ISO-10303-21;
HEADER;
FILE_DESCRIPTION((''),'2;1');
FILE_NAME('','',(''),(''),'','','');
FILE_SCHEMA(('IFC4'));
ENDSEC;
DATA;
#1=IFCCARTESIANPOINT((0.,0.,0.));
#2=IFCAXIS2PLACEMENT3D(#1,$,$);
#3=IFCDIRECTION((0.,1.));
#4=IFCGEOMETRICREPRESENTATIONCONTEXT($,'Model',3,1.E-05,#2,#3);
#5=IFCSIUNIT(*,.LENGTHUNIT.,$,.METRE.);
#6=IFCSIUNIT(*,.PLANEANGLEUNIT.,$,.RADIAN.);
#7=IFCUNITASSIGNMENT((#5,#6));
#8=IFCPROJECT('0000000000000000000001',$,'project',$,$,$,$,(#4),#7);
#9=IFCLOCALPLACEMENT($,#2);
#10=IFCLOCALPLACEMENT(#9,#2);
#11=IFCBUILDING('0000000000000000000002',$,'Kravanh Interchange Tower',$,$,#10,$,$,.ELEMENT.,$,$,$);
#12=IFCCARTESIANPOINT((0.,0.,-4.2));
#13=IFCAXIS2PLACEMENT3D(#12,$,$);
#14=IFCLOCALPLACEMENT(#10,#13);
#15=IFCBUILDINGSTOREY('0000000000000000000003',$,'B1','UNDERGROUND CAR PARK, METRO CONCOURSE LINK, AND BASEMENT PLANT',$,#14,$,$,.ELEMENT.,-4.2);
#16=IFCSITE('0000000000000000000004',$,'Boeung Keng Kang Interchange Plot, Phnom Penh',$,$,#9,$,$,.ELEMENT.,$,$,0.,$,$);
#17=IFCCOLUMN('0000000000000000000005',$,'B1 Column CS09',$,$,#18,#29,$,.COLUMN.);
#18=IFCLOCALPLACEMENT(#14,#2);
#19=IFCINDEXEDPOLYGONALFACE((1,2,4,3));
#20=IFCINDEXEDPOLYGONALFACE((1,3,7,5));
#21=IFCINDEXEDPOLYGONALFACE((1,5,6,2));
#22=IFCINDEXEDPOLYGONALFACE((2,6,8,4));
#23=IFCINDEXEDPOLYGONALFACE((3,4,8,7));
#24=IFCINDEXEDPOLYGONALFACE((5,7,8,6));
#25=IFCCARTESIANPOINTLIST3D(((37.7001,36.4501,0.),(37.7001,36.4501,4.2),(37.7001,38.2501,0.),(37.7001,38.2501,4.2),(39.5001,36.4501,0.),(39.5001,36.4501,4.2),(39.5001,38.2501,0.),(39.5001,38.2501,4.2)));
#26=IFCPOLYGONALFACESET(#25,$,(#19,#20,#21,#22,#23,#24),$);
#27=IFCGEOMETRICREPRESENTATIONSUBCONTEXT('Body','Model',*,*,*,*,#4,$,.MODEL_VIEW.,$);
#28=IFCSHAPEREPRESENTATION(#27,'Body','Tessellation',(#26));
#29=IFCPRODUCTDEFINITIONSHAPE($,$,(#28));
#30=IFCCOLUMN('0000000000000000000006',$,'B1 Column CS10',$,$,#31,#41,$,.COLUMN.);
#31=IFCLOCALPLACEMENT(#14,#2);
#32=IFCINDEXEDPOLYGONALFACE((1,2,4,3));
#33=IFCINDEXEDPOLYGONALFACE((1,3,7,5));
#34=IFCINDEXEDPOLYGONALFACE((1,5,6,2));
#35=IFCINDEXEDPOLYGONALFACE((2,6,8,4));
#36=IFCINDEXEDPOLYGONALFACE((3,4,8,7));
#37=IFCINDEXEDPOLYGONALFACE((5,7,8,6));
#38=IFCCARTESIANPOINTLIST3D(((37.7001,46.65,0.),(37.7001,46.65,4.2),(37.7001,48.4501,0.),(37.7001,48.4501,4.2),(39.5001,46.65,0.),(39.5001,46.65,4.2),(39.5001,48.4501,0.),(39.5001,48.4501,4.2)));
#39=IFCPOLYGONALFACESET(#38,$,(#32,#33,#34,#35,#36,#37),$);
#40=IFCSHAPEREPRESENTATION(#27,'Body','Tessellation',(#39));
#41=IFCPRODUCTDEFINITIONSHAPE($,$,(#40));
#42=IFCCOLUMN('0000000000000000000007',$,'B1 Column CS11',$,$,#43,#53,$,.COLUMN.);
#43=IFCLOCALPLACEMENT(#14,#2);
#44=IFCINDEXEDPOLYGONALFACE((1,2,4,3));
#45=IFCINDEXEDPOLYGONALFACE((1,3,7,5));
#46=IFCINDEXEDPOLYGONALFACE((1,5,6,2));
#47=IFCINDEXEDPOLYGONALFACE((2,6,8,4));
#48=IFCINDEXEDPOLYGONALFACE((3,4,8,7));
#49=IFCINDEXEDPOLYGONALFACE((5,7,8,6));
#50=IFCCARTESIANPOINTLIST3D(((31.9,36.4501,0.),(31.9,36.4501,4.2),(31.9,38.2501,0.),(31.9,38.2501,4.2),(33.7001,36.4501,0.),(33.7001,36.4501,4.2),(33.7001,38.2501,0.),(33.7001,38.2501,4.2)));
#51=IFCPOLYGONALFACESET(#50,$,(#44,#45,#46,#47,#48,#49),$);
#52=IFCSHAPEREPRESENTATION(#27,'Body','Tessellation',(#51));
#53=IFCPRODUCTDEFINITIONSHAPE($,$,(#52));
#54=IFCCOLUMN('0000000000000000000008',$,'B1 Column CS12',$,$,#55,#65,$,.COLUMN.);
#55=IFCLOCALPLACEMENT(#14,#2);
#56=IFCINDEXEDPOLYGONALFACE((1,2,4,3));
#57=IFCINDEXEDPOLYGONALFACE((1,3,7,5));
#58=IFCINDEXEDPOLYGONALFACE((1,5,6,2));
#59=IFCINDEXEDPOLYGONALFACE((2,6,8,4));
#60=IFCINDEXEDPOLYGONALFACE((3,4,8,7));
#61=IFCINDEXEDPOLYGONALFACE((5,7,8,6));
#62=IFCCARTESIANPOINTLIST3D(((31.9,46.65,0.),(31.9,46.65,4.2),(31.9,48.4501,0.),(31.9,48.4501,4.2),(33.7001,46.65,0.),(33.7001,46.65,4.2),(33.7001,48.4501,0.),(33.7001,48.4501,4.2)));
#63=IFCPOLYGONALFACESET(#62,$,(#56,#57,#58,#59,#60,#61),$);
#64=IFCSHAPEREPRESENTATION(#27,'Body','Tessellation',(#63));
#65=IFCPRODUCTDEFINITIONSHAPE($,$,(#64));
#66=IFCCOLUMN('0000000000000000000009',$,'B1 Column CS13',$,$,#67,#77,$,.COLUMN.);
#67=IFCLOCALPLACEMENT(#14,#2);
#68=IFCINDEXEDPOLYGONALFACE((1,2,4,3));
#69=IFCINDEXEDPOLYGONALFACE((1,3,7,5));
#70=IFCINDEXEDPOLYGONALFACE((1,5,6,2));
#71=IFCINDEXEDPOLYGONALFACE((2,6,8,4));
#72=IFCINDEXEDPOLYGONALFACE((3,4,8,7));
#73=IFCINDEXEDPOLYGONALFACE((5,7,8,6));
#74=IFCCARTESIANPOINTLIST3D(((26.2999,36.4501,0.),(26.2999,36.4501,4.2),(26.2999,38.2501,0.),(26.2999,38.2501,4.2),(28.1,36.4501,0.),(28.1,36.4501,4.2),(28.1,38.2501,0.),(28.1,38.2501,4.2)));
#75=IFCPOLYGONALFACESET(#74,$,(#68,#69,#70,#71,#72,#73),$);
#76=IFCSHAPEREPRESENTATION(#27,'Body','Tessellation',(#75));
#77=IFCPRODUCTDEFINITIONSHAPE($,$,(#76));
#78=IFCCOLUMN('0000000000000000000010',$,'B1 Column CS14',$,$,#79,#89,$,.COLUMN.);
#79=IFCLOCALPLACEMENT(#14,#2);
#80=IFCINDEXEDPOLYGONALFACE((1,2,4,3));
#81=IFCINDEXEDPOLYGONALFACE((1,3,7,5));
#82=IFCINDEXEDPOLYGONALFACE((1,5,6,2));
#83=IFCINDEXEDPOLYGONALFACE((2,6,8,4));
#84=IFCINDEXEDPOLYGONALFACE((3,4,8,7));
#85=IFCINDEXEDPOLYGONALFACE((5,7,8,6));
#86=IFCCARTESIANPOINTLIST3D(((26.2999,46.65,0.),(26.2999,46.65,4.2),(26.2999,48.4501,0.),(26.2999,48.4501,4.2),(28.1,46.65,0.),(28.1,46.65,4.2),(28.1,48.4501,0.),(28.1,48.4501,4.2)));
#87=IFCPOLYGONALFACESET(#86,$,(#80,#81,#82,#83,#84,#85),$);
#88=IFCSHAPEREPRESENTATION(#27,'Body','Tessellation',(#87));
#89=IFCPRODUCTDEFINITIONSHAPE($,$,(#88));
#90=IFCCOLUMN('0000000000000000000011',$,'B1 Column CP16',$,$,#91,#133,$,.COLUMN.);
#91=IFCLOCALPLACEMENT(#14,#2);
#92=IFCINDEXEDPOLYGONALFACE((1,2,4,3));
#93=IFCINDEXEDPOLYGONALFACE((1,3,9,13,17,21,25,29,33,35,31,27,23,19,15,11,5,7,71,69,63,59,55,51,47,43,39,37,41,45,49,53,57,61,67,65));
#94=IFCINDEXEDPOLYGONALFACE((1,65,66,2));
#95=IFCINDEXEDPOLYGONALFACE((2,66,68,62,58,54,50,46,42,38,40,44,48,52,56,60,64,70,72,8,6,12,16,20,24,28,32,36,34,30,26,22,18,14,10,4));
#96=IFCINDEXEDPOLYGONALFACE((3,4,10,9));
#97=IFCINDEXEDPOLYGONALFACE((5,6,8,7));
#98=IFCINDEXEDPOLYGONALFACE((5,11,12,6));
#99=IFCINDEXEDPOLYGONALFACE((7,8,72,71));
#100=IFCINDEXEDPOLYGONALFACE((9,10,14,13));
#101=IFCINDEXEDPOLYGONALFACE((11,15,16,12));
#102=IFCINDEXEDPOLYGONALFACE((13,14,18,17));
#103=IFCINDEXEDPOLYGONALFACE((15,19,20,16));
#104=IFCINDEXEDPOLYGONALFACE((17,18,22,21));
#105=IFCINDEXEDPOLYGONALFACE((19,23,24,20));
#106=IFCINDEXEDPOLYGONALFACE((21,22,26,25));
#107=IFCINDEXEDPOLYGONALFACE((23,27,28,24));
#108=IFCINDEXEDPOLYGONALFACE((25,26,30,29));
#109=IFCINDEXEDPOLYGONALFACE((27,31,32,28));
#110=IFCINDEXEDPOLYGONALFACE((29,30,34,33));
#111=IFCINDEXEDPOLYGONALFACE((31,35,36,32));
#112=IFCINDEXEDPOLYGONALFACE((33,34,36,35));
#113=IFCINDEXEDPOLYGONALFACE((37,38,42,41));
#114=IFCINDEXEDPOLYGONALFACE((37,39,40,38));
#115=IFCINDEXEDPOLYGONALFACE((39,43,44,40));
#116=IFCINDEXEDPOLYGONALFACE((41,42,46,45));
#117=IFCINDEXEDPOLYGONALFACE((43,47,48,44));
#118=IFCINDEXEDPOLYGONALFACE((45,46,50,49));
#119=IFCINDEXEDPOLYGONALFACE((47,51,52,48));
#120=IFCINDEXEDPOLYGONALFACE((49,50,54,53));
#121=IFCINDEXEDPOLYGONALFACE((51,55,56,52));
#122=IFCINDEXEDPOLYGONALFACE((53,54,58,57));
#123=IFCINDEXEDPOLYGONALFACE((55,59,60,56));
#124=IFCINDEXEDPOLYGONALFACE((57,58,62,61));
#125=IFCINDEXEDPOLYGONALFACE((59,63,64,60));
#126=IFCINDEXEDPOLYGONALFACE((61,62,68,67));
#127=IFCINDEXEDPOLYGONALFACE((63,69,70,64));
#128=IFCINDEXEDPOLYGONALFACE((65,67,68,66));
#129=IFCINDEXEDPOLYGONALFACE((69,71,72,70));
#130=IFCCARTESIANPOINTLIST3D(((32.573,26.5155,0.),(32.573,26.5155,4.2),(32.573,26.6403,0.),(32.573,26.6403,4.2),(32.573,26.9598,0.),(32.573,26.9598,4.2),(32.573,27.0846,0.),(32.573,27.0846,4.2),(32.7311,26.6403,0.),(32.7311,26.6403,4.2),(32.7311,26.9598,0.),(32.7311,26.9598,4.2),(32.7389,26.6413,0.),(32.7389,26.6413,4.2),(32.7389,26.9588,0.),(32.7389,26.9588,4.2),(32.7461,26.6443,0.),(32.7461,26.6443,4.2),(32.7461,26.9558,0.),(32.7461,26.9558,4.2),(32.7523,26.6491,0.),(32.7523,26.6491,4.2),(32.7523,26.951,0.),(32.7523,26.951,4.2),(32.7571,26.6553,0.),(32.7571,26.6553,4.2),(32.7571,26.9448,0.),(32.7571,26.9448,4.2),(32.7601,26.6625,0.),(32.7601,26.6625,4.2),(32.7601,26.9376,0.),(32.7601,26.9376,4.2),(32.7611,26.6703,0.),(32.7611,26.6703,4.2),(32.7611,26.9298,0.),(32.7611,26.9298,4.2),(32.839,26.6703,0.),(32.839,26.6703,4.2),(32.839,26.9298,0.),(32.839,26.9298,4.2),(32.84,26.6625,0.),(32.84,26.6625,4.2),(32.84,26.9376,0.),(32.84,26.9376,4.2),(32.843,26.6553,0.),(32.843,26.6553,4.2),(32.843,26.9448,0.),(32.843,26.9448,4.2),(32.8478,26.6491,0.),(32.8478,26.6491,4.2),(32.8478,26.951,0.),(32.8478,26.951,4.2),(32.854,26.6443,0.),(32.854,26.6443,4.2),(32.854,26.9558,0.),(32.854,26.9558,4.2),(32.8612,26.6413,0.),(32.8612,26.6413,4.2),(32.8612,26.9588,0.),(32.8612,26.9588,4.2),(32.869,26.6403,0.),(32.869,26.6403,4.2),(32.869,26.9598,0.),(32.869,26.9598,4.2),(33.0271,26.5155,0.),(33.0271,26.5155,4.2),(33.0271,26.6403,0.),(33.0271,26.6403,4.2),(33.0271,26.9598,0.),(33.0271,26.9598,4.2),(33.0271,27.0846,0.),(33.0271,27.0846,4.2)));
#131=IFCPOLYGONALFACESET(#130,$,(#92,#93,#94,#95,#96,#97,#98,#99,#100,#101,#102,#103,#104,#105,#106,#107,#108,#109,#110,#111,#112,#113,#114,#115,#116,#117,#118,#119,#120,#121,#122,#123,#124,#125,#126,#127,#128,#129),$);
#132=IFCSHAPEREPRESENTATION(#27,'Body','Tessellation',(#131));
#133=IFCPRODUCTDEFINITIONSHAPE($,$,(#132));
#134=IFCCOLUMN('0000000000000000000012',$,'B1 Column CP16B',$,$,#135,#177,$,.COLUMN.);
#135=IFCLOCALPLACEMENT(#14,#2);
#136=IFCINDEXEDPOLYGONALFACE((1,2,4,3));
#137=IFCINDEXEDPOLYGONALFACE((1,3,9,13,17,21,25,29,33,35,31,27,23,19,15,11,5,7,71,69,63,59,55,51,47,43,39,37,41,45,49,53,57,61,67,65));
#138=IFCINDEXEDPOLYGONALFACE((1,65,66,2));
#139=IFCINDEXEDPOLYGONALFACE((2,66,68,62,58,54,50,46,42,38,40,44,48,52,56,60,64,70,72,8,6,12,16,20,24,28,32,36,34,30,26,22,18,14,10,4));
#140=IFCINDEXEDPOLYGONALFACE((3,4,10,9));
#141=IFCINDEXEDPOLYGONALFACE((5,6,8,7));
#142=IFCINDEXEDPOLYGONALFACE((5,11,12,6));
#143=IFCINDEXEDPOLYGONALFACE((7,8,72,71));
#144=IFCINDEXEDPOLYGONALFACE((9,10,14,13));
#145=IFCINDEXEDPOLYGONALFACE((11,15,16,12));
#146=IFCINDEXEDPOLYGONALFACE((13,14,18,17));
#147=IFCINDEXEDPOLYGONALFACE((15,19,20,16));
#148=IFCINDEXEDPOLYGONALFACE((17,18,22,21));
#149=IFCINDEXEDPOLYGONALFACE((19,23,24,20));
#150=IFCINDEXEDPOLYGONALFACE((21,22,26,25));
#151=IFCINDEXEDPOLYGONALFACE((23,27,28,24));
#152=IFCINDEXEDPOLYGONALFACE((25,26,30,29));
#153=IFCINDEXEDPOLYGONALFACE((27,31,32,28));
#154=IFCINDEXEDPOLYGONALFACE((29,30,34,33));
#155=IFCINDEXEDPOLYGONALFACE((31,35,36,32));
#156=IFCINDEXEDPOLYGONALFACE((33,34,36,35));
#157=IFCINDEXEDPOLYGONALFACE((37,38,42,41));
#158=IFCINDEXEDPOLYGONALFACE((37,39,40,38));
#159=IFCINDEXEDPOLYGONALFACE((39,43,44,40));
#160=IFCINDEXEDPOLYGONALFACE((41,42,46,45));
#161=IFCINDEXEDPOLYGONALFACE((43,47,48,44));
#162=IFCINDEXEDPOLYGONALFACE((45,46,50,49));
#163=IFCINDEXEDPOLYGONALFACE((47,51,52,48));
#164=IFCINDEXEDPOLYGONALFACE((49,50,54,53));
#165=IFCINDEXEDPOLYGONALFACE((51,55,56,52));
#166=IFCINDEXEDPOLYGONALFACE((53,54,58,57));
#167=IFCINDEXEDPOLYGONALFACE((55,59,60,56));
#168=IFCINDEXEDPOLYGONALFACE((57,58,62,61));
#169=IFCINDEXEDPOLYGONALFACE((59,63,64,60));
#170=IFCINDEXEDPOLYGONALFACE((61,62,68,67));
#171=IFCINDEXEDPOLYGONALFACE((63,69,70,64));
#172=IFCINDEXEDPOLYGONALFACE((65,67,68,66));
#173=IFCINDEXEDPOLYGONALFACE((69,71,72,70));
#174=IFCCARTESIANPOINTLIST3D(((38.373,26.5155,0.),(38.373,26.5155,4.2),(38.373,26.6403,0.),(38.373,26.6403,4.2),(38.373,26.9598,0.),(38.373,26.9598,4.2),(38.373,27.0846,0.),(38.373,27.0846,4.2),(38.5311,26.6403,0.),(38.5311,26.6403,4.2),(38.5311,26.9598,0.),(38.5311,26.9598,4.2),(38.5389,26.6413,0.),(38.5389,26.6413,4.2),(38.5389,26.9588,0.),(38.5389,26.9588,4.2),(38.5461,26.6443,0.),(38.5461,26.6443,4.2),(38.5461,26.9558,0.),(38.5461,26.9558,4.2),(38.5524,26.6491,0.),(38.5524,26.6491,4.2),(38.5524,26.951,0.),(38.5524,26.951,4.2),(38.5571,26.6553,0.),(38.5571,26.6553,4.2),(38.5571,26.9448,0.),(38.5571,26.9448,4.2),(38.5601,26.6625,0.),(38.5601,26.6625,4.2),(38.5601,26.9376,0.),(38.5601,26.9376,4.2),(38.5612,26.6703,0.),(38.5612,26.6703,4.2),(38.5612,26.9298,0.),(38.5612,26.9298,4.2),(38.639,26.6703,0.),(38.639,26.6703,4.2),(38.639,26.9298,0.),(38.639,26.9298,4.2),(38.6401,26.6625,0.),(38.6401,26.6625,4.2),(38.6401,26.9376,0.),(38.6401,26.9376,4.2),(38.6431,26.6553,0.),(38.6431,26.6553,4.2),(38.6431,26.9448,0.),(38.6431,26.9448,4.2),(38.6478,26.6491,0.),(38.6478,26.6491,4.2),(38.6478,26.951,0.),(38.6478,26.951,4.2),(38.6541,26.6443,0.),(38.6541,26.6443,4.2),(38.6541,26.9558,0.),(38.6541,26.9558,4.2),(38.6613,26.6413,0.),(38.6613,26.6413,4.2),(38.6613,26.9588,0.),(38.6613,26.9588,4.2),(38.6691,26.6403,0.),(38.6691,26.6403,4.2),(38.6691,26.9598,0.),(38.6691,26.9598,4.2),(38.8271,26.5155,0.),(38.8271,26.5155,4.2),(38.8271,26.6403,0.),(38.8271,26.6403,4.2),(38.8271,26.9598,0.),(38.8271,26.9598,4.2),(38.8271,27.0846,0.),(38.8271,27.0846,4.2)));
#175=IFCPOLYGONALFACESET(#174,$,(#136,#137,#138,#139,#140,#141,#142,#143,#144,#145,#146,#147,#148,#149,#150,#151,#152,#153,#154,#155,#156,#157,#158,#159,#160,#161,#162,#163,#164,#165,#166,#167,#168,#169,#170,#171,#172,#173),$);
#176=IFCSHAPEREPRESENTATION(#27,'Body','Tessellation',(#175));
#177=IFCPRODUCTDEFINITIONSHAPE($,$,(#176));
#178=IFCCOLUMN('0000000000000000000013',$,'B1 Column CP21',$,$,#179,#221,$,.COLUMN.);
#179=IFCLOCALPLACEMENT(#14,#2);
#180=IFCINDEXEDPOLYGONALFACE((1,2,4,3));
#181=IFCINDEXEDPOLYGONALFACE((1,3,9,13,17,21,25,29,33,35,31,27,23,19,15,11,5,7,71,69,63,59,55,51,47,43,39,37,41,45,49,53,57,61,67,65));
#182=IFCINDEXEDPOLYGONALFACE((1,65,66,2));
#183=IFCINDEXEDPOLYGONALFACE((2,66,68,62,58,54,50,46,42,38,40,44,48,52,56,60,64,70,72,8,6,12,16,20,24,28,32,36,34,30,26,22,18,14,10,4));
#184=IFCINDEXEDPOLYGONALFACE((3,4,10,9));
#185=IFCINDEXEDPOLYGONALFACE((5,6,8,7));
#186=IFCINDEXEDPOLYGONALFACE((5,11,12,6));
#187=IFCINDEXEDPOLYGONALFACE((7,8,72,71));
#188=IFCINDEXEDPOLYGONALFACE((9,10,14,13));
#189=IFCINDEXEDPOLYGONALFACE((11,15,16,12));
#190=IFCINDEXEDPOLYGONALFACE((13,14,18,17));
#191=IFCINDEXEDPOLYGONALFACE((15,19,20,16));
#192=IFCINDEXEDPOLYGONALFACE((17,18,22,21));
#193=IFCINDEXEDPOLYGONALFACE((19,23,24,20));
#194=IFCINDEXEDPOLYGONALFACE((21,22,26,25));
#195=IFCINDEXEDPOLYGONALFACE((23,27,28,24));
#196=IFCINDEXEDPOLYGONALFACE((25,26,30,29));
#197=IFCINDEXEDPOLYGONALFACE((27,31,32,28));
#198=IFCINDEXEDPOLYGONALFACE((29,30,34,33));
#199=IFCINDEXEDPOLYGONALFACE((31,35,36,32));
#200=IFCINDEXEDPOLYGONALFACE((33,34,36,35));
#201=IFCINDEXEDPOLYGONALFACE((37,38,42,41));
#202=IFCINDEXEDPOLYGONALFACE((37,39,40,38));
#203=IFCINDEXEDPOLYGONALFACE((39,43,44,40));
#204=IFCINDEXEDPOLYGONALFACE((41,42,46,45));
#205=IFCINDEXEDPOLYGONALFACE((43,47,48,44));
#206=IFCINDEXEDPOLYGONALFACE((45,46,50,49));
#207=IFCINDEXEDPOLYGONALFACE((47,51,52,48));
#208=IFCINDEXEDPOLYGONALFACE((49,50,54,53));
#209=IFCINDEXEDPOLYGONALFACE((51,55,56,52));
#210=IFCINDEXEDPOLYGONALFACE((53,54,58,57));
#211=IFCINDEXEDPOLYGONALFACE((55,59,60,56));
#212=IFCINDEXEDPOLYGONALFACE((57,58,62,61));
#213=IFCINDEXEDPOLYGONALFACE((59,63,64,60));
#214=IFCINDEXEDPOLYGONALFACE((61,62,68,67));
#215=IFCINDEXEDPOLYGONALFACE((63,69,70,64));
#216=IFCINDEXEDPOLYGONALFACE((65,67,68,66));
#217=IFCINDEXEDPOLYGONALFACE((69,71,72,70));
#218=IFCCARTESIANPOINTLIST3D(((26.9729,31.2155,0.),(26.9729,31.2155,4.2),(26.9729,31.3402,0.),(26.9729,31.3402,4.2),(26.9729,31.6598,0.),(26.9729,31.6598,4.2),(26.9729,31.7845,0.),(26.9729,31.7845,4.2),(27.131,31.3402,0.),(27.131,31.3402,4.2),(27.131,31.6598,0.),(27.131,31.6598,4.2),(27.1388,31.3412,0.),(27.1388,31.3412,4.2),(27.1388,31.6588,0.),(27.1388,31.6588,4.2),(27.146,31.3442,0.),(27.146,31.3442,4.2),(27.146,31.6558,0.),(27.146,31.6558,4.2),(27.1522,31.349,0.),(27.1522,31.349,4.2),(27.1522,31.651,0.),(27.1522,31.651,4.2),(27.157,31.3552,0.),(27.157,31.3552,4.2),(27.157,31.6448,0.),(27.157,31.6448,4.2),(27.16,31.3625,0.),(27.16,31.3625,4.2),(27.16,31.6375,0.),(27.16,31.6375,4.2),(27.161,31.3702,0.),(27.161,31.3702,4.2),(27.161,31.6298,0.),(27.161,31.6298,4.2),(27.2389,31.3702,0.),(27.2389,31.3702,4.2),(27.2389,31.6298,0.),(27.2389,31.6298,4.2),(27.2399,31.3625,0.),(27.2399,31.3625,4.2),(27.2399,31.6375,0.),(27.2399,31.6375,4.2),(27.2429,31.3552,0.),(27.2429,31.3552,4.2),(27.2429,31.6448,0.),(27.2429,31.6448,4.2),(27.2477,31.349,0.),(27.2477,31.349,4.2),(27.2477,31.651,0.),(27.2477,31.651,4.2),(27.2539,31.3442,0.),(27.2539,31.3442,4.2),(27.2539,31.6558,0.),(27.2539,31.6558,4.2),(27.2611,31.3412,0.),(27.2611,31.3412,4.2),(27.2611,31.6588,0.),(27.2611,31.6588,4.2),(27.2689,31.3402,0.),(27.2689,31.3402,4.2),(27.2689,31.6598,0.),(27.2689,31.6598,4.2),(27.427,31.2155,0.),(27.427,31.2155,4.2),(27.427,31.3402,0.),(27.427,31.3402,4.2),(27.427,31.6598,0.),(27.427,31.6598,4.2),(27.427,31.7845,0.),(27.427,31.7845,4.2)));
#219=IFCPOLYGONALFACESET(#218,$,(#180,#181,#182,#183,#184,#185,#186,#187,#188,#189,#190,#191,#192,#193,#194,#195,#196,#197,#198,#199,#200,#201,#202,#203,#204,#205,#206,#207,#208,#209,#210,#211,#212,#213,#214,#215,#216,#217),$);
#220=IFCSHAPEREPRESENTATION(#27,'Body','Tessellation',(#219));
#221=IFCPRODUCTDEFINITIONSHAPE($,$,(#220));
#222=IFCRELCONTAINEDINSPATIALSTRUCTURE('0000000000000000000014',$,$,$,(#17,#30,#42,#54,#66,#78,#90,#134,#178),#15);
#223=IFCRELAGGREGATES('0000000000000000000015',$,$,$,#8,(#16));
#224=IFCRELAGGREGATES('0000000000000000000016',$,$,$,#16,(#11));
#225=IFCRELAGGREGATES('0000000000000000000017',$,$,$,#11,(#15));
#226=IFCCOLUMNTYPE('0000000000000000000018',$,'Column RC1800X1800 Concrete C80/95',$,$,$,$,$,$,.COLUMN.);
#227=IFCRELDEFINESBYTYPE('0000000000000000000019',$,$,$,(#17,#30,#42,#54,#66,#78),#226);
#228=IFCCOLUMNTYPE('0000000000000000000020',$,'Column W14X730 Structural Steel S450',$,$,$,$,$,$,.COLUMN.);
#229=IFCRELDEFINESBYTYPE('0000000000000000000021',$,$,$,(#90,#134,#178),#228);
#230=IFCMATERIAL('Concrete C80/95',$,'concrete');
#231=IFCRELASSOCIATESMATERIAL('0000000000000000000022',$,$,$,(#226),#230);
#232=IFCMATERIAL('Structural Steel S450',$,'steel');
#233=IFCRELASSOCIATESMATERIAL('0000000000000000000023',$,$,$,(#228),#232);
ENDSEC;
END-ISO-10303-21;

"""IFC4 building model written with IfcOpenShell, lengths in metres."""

from ifc_helpers import new_model, si_unit, direction, frame, origin, origin_2d, place, context, subcontext, project, spatial, rectangle, i_section, extrude, material, material_profile, profile_set, type_object, element, save


model = new_model("IFC4")

# Units and contexts
model_context = context("Model", 3, precision=1e-05, world=origin(), true_north=direction((0.0, 1.0)))
body_context = subcontext(model_context, "Body", "Model", "MODEL_VIEW")
ifc_project = project(units=[si_unit("LENGTHUNIT", "METRE"), si_unit("PLANEANGLEUNIT", "RADIAN")], contexts=[model_context])

# Site, building, storey
site_placement = place(None, origin())
site = spatial("IfcSite", under=ifc_project, at=site_placement, Name="Boeung Keng Kang Interchange Plot, Phnom Penh", CompositionType="ELEMENT", RefElevation=0.0)
building_placement = place(site_placement, origin())
building = spatial("IfcBuilding", under=site, at=building_placement, Name="Kravanh Interchange Tower", CompositionType="ELEMENT")
storey_placement = place(building_placement, frame((0.0, 0.0, -4.2)))
storey = spatial("IfcBuildingStorey", under=building, at=storey_placement, Name="B1", Description="UNDERGROUND CAR PARK, METRO CONCOURSE LINK, AND BASEMENT PLANT", CompositionType="ELEMENT", Elevation=-4.2)

# Columns
ifc_material_1 = material(Name="Concrete C80/95", Category="concrete")
ifc_material_profile_1 = material_profile(ifc_material_1, rectangle(XDim=1.8, YDim=1.8, at=origin_2d()), Name="RC1800X1800")
ifc_profile_set_1 = profile_set([ifc_material_profile_1], Name="Concrete C80/95")
column_type_1 = type_object("IfcColumnType", Name="Column RC1800X1800 Concrete C80/95", PredefinedType="COLUMN", material=ifc_profile_set_1)
for number, where, z_axis, x_axis, name in (
    (1, (38.6001, 37.3501, 0.0), (0.0, 0.0, 1.0), (1.0, 0.0, 0.0), "B1 Column CS09"),
    (2, (38.6001, 47.55, 0.0), (0.0, 0.0, 1.0), (1.0, 0.0, 0.0), "B1 Column CS10"),
    (3, (32.8, 37.3501, 0.0), (0.0, 0.0, 1.0), (1.0, 0.0, 0.0), "B1 Column CS11"),
    (4, (32.8, 47.55, 0.0), (0.0, 0.0, 1.0), (1.0, 0.0, 0.0), "B1 Column CS12"),
    (5, (27.2, 37.3501, 0.0), (0.0, 0.0, 1.0), (1.0, 0.0, 0.0), "B1 Column CS13"),
    (6, (27.2, 47.55, 0.0), (0.0, 0.0, 1.0), (1.0, 0.0, 0.0), "B1 Column CS14"),
):
    element("IfcColumn", number, at=place(storey_placement, frame(where, z_axis=z_axis, x_axis=x_axis)), inside=storey, type_object=column_type_1, Name=name, PredefinedType="COLUMN", context=body_context, shape_type="SweptSolid", body=[
        extrude(rectangle(XDim=1.8, YDim=1.8, at=origin_2d()), origin(), (0.0, 0.0, 1.0), 4.2),
    ])
ifc_material_2 = material(Name="Structural Steel S450", Category="steel")
ifc_material_profile_2 = material_profile(ifc_material_2, i_section(OverallWidth=0.4541, OverallDepth=0.5691, WebThickness=0.0779, FlangeThickness=0.1248, FilletRadius=0.03, at=origin_2d()), Name="W14X730")
ifc_profile_set_2 = profile_set([ifc_material_profile_2], Name="Structural Steel S450")
column_type_2 = type_object("IfcColumnType", Name="Column W14X730 Structural Steel S450", PredefinedType="COLUMN", material=ifc_profile_set_2)
for number, where, z_axis, x_axis, name in (
    (7, (32.8, 26.8, 0.0), (0.0, 0.0, 1.0), (1.0, 0.0, 0.0), "B1 Column CP16"),
    (8, (38.6001, 26.8, 0.0), (0.0, 0.0, 1.0), (1.0, 0.0, 0.0), "B1 Column CP16B"),
    (9, (27.2, 31.5, 0.0), (0.0, 0.0, 1.0), (1.0, 0.0, 0.0), "B1 Column CP21"),
):
    element("IfcColumn", number, at=place(storey_placement, frame(where, z_axis=z_axis, x_axis=x_axis)), inside=storey, type_object=column_type_2, Name=name, PredefinedType="COLUMN", context=body_context, shape_type="SweptSolid", body=[
        extrude(i_section(OverallWidth=0.4541, OverallDepth=0.5691, WebThickness=0.0779, FlangeThickness=0.1248, FilletRadius=0.03, at=origin_2d()), origin(), (0.0, 0.0, 1.0), 4.2),
    ])

save(model, "model.ifc")
